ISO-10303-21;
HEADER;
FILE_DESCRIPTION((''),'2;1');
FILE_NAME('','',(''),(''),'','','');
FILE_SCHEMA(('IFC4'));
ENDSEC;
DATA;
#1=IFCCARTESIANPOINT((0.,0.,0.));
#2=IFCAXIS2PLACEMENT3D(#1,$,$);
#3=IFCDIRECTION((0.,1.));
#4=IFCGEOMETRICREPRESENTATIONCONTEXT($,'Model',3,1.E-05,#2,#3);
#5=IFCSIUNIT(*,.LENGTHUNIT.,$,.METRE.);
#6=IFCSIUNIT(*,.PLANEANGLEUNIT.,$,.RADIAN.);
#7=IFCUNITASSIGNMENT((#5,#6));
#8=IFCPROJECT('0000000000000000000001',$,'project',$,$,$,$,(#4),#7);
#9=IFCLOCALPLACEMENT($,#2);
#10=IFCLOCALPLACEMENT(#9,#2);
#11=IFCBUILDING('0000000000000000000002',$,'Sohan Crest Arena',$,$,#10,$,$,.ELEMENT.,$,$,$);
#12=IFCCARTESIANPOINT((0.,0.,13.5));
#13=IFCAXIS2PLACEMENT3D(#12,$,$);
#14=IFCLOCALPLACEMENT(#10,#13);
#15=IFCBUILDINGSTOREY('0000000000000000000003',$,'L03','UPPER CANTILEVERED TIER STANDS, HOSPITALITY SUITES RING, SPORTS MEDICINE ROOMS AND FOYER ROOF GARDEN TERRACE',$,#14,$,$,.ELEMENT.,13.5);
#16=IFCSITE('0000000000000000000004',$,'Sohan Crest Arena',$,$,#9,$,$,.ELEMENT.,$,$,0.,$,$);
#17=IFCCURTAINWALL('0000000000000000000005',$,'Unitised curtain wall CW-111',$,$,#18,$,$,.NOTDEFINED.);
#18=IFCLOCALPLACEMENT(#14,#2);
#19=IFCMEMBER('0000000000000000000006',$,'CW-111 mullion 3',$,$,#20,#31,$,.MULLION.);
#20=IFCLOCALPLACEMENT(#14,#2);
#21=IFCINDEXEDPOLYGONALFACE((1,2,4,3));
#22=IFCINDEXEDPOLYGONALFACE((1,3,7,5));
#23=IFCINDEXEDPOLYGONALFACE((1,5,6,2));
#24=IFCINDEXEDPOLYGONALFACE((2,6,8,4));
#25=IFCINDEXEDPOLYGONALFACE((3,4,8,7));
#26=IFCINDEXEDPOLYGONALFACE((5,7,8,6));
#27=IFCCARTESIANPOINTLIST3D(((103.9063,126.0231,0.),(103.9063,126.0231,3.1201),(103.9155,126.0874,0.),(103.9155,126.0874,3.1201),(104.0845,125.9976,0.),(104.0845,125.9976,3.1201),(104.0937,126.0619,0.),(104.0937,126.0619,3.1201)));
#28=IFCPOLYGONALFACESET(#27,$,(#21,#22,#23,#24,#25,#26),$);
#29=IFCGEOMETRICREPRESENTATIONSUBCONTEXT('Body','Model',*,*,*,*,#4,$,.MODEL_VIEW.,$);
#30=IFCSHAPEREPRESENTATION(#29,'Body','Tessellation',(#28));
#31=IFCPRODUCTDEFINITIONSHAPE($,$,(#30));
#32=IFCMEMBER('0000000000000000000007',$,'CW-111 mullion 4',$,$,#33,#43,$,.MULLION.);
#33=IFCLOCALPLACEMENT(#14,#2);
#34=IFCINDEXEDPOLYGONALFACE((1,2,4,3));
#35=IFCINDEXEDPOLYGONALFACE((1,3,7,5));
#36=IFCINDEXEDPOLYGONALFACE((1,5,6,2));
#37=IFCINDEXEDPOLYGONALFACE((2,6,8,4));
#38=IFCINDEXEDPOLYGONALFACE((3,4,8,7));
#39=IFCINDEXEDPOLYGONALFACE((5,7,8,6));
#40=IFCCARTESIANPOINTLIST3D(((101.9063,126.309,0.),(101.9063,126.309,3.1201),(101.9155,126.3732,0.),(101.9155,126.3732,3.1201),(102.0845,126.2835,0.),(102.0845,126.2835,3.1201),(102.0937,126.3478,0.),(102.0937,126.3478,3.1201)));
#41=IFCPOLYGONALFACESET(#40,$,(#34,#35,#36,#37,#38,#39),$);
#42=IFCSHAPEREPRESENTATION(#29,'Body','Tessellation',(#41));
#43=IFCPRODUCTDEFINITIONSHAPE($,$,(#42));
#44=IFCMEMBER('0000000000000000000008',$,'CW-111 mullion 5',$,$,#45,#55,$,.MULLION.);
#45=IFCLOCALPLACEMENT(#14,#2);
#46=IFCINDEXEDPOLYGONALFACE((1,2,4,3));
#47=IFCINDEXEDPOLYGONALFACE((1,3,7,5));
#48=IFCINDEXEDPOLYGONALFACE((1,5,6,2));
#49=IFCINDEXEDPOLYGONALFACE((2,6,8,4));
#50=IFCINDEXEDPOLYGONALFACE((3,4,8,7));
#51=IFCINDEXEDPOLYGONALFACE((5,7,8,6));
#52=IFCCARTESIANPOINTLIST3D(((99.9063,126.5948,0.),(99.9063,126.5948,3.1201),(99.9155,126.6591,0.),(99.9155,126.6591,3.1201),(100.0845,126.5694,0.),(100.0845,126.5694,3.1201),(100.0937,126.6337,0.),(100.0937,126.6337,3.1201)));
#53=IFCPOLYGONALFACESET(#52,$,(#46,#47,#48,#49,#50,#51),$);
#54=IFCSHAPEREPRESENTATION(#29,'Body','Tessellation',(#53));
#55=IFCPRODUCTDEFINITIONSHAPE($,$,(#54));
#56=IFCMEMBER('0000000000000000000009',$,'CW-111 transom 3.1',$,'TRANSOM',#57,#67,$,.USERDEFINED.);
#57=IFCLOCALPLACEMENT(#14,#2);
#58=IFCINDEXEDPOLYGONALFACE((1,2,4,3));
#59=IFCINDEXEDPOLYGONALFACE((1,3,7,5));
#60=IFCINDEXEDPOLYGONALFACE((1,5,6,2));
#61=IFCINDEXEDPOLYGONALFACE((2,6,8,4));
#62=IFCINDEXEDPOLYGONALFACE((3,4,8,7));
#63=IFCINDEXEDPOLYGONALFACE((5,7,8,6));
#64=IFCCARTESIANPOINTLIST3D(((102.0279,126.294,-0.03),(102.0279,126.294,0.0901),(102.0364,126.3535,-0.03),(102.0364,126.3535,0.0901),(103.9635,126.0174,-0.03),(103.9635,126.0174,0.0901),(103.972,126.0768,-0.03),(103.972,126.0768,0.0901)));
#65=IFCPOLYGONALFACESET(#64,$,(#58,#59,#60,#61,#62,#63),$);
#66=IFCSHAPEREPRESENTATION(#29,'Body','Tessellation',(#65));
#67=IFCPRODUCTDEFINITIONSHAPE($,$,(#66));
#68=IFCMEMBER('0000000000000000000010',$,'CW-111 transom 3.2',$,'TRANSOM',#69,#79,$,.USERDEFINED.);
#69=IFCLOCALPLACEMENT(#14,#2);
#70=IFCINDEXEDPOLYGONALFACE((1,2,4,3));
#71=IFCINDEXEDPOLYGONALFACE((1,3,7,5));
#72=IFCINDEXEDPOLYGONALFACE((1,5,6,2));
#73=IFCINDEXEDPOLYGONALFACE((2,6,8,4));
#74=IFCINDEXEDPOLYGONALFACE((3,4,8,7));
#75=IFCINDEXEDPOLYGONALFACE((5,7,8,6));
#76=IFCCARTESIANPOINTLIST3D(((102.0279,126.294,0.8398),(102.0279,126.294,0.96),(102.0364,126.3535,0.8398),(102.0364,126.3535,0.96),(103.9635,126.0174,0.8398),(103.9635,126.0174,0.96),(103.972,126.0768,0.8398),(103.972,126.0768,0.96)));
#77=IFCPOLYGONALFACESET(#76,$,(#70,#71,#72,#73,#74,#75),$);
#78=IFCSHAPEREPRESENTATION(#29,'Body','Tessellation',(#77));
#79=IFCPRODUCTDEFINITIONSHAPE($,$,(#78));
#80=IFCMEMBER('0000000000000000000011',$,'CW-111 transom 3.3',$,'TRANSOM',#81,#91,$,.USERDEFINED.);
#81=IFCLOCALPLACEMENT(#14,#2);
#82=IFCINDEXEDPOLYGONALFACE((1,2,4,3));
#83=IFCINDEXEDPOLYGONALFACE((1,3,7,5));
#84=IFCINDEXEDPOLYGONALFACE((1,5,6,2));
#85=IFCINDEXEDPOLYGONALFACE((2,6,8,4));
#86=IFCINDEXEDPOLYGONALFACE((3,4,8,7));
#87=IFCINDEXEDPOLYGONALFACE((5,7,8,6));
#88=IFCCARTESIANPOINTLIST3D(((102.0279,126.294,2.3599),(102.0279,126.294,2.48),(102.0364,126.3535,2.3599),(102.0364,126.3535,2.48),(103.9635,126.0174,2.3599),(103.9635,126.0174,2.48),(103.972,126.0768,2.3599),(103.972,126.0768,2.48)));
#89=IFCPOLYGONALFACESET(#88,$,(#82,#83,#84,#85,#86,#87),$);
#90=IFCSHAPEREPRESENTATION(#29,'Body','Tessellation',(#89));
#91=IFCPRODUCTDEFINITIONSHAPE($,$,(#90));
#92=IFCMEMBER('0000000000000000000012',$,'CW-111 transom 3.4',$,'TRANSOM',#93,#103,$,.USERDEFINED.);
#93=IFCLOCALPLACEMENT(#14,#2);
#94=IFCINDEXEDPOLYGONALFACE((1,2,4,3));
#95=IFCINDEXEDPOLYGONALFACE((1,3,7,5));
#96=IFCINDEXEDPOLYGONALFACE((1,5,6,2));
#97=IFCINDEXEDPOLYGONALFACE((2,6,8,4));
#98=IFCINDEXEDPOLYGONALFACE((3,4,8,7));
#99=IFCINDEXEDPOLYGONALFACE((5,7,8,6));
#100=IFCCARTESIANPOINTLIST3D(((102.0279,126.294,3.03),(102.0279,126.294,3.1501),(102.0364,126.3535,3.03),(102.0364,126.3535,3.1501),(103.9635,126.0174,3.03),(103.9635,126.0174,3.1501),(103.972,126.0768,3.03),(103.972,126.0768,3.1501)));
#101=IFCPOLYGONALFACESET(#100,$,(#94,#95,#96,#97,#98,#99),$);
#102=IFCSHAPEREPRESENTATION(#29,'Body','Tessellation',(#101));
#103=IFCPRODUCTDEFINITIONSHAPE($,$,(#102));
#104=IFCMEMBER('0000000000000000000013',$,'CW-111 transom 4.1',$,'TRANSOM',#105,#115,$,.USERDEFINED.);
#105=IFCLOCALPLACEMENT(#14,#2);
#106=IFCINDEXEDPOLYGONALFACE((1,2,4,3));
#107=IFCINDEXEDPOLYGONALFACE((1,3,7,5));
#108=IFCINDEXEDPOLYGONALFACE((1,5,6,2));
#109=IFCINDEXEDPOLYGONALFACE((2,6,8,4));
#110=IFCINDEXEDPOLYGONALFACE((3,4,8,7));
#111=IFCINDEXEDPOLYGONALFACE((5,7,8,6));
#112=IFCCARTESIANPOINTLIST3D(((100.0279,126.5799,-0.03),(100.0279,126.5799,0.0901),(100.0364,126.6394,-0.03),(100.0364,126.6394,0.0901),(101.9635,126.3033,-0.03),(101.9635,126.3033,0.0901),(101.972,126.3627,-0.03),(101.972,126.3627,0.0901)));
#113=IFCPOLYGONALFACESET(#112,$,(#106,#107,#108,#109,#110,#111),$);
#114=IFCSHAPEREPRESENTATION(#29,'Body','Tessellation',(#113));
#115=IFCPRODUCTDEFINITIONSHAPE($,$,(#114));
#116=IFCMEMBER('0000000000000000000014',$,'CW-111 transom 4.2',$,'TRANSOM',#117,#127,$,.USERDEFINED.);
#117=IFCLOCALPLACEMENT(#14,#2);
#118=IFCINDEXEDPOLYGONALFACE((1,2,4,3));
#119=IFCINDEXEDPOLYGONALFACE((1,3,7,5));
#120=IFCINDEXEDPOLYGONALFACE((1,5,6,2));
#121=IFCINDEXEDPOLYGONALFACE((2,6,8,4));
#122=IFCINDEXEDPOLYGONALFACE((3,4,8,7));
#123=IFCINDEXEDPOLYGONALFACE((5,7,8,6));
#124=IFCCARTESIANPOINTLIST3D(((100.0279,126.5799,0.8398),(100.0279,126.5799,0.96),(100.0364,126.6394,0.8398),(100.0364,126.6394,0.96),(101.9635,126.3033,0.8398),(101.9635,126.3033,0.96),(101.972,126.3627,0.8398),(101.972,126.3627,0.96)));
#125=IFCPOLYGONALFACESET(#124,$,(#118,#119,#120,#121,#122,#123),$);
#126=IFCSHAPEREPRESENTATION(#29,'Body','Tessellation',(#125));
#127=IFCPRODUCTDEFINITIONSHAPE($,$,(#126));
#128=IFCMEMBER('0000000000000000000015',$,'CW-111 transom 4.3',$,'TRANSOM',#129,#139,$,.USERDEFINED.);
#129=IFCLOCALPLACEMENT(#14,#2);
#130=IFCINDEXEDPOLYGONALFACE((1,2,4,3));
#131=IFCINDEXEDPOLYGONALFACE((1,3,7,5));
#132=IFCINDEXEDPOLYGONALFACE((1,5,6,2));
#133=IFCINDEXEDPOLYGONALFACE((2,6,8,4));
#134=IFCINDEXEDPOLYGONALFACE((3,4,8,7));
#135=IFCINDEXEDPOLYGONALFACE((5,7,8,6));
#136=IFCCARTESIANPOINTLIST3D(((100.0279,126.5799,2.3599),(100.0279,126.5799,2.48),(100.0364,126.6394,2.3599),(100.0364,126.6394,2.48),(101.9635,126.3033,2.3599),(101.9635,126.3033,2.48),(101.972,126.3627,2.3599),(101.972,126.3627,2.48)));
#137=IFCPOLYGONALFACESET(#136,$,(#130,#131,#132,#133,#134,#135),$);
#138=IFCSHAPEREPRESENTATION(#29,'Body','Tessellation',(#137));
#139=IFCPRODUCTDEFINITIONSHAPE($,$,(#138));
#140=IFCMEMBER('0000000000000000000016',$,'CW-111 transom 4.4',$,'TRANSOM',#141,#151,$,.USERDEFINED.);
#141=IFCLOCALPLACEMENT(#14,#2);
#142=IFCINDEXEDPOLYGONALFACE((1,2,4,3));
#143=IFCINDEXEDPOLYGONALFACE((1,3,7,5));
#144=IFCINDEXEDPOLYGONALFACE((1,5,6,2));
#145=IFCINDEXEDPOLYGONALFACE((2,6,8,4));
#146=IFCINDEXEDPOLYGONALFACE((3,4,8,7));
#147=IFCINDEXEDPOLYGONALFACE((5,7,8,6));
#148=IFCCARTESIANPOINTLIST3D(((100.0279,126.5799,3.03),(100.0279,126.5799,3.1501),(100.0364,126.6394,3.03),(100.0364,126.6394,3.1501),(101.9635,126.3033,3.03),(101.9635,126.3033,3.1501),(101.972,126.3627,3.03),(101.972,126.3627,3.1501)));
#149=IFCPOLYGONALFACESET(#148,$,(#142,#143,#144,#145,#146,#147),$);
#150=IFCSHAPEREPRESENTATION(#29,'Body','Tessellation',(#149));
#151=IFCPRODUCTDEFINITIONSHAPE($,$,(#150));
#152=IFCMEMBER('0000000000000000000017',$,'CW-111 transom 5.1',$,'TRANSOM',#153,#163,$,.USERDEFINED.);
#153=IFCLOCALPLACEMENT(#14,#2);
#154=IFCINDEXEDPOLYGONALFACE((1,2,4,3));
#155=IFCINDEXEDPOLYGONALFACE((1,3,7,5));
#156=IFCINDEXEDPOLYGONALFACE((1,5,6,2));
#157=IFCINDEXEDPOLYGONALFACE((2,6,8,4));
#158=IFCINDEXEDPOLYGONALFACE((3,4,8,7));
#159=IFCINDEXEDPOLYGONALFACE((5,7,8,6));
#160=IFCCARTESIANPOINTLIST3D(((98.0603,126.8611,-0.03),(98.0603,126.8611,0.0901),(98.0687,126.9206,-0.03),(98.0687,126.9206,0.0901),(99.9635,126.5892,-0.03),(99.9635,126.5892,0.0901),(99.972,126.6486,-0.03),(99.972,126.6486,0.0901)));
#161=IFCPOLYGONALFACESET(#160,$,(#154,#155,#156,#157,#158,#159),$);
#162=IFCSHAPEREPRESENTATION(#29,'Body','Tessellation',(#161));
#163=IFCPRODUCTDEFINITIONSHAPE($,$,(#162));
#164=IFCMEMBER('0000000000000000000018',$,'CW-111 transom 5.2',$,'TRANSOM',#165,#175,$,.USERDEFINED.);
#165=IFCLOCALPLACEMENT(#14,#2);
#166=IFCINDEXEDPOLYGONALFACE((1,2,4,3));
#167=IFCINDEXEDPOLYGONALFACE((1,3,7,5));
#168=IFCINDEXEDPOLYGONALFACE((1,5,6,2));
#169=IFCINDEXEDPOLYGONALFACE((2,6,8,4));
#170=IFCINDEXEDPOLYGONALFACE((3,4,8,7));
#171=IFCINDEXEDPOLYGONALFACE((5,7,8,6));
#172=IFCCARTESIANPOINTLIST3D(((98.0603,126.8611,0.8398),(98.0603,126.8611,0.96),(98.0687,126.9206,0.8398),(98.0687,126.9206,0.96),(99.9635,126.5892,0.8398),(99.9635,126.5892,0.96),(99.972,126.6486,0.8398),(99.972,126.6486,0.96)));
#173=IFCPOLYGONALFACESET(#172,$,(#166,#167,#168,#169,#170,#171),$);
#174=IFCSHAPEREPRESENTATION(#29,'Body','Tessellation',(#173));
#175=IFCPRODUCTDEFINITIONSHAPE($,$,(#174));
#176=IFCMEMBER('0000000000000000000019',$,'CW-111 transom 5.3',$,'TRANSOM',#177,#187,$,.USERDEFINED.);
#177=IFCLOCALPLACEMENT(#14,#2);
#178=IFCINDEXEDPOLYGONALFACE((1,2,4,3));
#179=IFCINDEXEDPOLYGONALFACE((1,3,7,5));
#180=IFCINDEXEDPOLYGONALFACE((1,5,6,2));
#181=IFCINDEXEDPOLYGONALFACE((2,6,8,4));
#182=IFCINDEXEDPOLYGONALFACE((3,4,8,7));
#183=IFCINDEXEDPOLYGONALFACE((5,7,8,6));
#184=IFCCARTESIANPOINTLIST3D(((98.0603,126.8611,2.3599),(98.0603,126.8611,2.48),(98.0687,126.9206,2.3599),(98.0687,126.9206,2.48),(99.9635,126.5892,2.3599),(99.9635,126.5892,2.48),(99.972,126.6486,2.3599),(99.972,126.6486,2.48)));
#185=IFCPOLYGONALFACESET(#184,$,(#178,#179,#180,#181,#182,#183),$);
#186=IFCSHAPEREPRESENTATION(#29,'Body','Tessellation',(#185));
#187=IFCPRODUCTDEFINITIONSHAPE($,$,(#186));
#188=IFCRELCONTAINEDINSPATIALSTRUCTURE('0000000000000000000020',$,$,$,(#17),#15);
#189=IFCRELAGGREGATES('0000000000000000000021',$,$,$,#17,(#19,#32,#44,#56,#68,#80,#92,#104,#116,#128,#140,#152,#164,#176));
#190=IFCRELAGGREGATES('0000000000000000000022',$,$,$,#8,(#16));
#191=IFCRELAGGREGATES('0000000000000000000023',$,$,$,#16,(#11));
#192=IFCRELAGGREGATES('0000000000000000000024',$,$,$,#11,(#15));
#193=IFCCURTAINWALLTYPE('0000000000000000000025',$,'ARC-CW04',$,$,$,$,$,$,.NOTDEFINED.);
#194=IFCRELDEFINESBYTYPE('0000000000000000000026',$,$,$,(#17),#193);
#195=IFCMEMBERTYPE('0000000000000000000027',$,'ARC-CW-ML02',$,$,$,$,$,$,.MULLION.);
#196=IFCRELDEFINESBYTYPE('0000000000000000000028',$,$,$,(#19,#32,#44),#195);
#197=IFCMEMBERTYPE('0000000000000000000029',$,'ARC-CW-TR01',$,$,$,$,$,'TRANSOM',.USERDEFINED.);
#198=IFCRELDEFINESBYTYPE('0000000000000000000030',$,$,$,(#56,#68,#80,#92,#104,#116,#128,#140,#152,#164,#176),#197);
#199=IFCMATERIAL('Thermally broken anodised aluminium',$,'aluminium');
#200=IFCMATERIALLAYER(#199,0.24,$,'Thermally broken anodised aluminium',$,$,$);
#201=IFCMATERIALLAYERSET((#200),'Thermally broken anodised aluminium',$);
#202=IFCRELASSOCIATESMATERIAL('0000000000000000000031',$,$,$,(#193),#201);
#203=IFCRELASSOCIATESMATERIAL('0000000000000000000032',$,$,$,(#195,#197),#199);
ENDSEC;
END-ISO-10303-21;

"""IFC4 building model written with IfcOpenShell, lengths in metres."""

from ifc_helpers import new_model, si_unit, direction, frame, origin, origin_2d, place, context, subcontext, project, spatial, rectangle, extrude, material, layer, layer_set, material_profile, profile_set, type_object, element, aggregate, save


model = new_model("IFC4")

# Units and contexts
model_context = context("Model", 3, precision=1e-05, world=origin(), true_north=direction((0.0, 1.0)))
body_context = subcontext(model_context, "Body", "Model", "MODEL_VIEW")
ifc_project = project(units=[si_unit("LENGTHUNIT", "METRE"), si_unit("PLANEANGLEUNIT", "RADIAN")], contexts=[model_context])

# Site, building, storey
site_placement = place(None, origin())
site = spatial("IfcSite", under=ifc_project, at=site_placement, Name="Sohan Crest Arena", CompositionType="ELEMENT", RefElevation=0.0)
building_placement = place(site_placement, origin())
building = spatial("IfcBuilding", under=site, at=building_placement, Name="Sohan Crest Arena", CompositionType="ELEMENT")
storey_placement = place(building_placement, frame((0.0, 0.0, 13.5)))
storey = spatial("IfcBuildingStorey", under=building, at=storey_placement, Name="L03", Description="UPPER CANTILEVERED TIER STANDS, HOSPITALITY SUITES RING, SPORTS MEDICINE ROOMS AND FOYER ROOF GARDEN TERRACE", CompositionType="ELEMENT", Elevation=13.5)

# Curtain wall, members
ifc_material_1 = material(Name="Thermally broken anodised aluminium", Category="aluminium")
ifc_layer_1 = layer(ifc_material_1, 0.24, Name="Thermally broken anodised aluminium")
ifc_layer_set_1 = layer_set([ifc_layer_1], Name="Thermally broken anodised aluminium")
curtain_wall_type = type_object("IfcCurtainWallType", Name="ARC-CW04", PredefinedType="NOTDEFINED", material=ifc_layer_set_1)
curtain_wall_placement = place(storey_placement, origin())
curtain_wall = element("IfcCurtainWall", 1, at=curtain_wall_placement, inside=storey, type_object=curtain_wall_type, Name="Unitised curtain wall CW-111", PredefinedType="NOTDEFINED")
ifc_material_profile_1 = material_profile(ifc_material_1, rectangle(XDim=0.0649, YDim=0.1799, at=origin_2d()), Name="ALU-MULL 65x180")
ifc_profile_set_1 = profile_set([ifc_material_profile_1], Name="Thermally broken anodised aluminium")
member_type_1 = type_object("IfcMemberType", Name="ARC-CW-ML02", PredefinedType="MULLION", material=ifc_profile_set_1)
member_1_placement = place(storey_placement, frame((104.0, 126.0425, 0.0), z_axis=(0.0, 0.0, 1.0), x_axis=(-0.141463, -0.989944, 0.0)))
member_1 = element("IfcMember", 2, at=member_1_placement, type_object=member_type_1, Name="CW-111 mullion 3", PredefinedType="MULLION", context=body_context, shape_type="SweptSolid", body=[
    extrude(rectangle(XDim=0.0649, YDim=0.1799, at=origin_2d()), origin(), (0.0, 0.0, 1.0), 3.1201),
])
member_2_placement = place(storey_placement, frame((102.0, 126.3284, 0.0), z_axis=(0.0, 0.0, 1.0), x_axis=(-0.141463, -0.989944, 0.0)))
member_2 = element("IfcMember", 3, at=member_2_placement, type_object=member_type_1, Name="CW-111 mullion 4", PredefinedType="MULLION", context=body_context, shape_type="SweptSolid", body=[
    extrude(rectangle(XDim=0.0649, YDim=0.1799, at=origin_2d()), origin(), (0.0, 0.0, 1.0), 3.1201),
])
member_3_placement = place(storey_placement, frame((100.0, 126.6143, 0.0), z_axis=(0.0, 0.0, 1.0), x_axis=(-0.141463, -0.989944, 0.0)))
member_3 = element("IfcMember", 4, at=member_3_placement, type_object=member_type_1, Name="CW-111 mullion 5", PredefinedType="MULLION", context=body_context, shape_type="SweptSolid", body=[
    extrude(rectangle(XDim=0.0649, YDim=0.1799, at=origin_2d()), origin(), (0.0, 0.0, 1.0), 3.1201),
])
ifc_material_profile_2 = material_profile(ifc_material_1, rectangle(XDim=0.0601, YDim=0.1201, at=origin_2d()), Name="ALU-TRAN 60x120")
ifc_profile_set_2 = profile_set([ifc_material_profile_2], Name="Thermally broken anodised aluminium")
member_type_2 = type_object("IfcMemberType", Name="ARC-CW-TR01", ElementType="TRANSOM", PredefinedType="USERDEFINED", material=ifc_profile_set_2)
member_4_placement = place(storey_placement, frame((103.9678, 126.0471, 0.03), z_axis=(-0.989942, 0.141474, 0.0), x_axis=(-0.141474, -0.989942, 0.0)))
member_4 = element("IfcMember", 5, at=member_4_placement, type_object=member_type_2, Name="CW-111 transom 3.1", ObjectType="TRANSOM", PredefinedType="USERDEFINED", context=body_context, shape_type="SweptSolid", body=[
    extrude(rectangle(XDim=0.0601, YDim=0.1201, at=origin_2d()), origin(), (0.0, 0.0, 1.0), 1.9553),
])
member_5_placement = place(storey_placement, frame((103.9678, 126.0471, 0.8999), z_axis=(-0.989942, 0.141474, 0.0), x_axis=(-0.141474, -0.989942, 0.0)))
member_5 = element("IfcMember", 6, at=member_5_placement, type_object=member_type_2, Name="CW-111 transom 3.2", ObjectType="TRANSOM", PredefinedType="USERDEFINED", context=body_context, shape_type="SweptSolid", body=[
    extrude(rectangle(XDim=0.0601, YDim=0.1201, at=origin_2d()), origin(), (0.0, 0.0, 1.0), 1.9553),
])
member_6_placement = place(storey_placement, frame((103.9678, 126.0471, 2.4199), z_axis=(-0.989942, 0.141474, 0.0), x_axis=(-0.141474, -0.989942, 0.0)))
member_6 = element("IfcMember", 7, at=member_6_placement, type_object=member_type_2, Name="CW-111 transom 3.3", ObjectType="TRANSOM", PredefinedType="USERDEFINED", context=body_context, shape_type="SweptSolid", body=[
    extrude(rectangle(XDim=0.0601, YDim=0.1201, at=origin_2d()), origin(), (0.0, 0.0, 1.0), 1.9553),
])
member_7_placement = place(storey_placement, frame((103.9678, 126.0471, 3.0901), z_axis=(-0.989942, 0.141474, 0.0), x_axis=(-0.141474, -0.989942, 0.0)))
member_7 = element("IfcMember", 8, at=member_7_placement, type_object=member_type_2, Name="CW-111 transom 3.4", ObjectType="TRANSOM", PredefinedType="USERDEFINED", context=body_context, shape_type="SweptSolid", body=[
    extrude(rectangle(XDim=0.0601, YDim=0.1201, at=origin_2d()), origin(), (0.0, 0.0, 1.0), 1.9553),
])
member_8_placement = place(storey_placement, frame((101.9678, 126.333, 0.03), z_axis=(-0.989942, 0.141474, 0.0), x_axis=(-0.141474, -0.989942, 0.0)))
member_8 = element("IfcMember", 9, at=member_8_placement, type_object=member_type_2, Name="CW-111 transom 4.1", ObjectType="TRANSOM", PredefinedType="USERDEFINED", context=body_context, shape_type="SweptSolid", body=[
    extrude(rectangle(XDim=0.0601, YDim=0.1201, at=origin_2d()), origin(), (0.0, 0.0, 1.0), 1.9553),
])
member_9_placement = place(storey_placement, frame((101.9678, 126.333, 0.8999), z_axis=(-0.989942, 0.141474, 0.0), x_axis=(-0.141474, -0.989942, 0.0)))
member_9 = element("IfcMember", 10, at=member_9_placement, type_object=member_type_2, Name="CW-111 transom 4.2", ObjectType="TRANSOM", PredefinedType="USERDEFINED", context=body_context, shape_type="SweptSolid", body=[
    extrude(rectangle(XDim=0.0601, YDim=0.1201, at=origin_2d()), origin(), (0.0, 0.0, 1.0), 1.9553),
])
member_10_placement = place(storey_placement, frame((101.9678, 126.333, 2.4199), z_axis=(-0.989942, 0.141474, 0.0), x_axis=(-0.141474, -0.989942, 0.0)))
member_10 = element("IfcMember", 11, at=member_10_placement, type_object=member_type_2, Name="CW-111 transom 4.3", ObjectType="TRANSOM", PredefinedType="USERDEFINED", context=body_context, shape_type="SweptSolid", body=[
    extrude(rectangle(XDim=0.0601, YDim=0.1201, at=origin_2d()), origin(), (0.0, 0.0, 1.0), 1.9553),
])
member_11_placement = place(storey_placement, frame((101.9678, 126.333, 3.0901), z_axis=(-0.989942, 0.141474, 0.0), x_axis=(-0.141474, -0.989942, 0.0)))
member_11 = element("IfcMember", 12, at=member_11_placement, type_object=member_type_2, Name="CW-111 transom 4.4", ObjectType="TRANSOM", PredefinedType="USERDEFINED", context=body_context, shape_type="SweptSolid", body=[
    extrude(rectangle(XDim=0.0601, YDim=0.1201, at=origin_2d()), origin(), (0.0, 0.0, 1.0), 1.9553),
])
member_12_placement = place(storey_placement, frame((99.9678, 126.6189, 0.03), z_axis=(-0.989944, 0.141457, 0.0), x_axis=(-0.141457, -0.989944, 0.0)))
member_12 = element("IfcMember", 13, at=member_12_placement, type_object=member_type_2, Name="CW-111 transom 5.1", ObjectType="TRANSOM", PredefinedType="USERDEFINED", context=body_context, shape_type="SweptSolid", body=[
    extrude(rectangle(XDim=0.0601, YDim=0.1201, at=origin_2d()), origin(), (0.0, 0.0, 1.0), 1.9226),
])
member_13_placement = place(storey_placement, frame((99.9678, 126.6189, 0.8999), z_axis=(-0.989944, 0.141457, 0.0), x_axis=(-0.141457, -0.989944, 0.0)))
member_13 = element("IfcMember", 14, at=member_13_placement, type_object=member_type_2, Name="CW-111 transom 5.2", ObjectType="TRANSOM", PredefinedType="USERDEFINED", context=body_context, shape_type="SweptSolid", body=[
    extrude(rectangle(XDim=0.0601, YDim=0.1201, at=origin_2d()), origin(), (0.0, 0.0, 1.0), 1.9226),
])
member_14_placement = place(storey_placement, frame((99.9678, 126.6189, 2.4199), z_axis=(-0.989944, 0.141457, 0.0), x_axis=(-0.141457, -0.989944, 0.0)))
member_14 = element("IfcMember", 15, at=member_14_placement, type_object=member_type_2, Name="CW-111 transom 5.3", ObjectType="TRANSOM", PredefinedType="USERDEFINED", context=body_context, shape_type="SweptSolid", body=[
    extrude(rectangle(XDim=0.0601, YDim=0.1201, at=origin_2d()), origin(), (0.0, 0.0, 1.0), 1.9226),
])
aggregate(curtain_wall, [member_1, member_2, member_3, member_4, member_5, member_6, member_7, member_8, member_9, member_10, member_11, member_12, member_13, member_14])

save(model, "model.ifc")
